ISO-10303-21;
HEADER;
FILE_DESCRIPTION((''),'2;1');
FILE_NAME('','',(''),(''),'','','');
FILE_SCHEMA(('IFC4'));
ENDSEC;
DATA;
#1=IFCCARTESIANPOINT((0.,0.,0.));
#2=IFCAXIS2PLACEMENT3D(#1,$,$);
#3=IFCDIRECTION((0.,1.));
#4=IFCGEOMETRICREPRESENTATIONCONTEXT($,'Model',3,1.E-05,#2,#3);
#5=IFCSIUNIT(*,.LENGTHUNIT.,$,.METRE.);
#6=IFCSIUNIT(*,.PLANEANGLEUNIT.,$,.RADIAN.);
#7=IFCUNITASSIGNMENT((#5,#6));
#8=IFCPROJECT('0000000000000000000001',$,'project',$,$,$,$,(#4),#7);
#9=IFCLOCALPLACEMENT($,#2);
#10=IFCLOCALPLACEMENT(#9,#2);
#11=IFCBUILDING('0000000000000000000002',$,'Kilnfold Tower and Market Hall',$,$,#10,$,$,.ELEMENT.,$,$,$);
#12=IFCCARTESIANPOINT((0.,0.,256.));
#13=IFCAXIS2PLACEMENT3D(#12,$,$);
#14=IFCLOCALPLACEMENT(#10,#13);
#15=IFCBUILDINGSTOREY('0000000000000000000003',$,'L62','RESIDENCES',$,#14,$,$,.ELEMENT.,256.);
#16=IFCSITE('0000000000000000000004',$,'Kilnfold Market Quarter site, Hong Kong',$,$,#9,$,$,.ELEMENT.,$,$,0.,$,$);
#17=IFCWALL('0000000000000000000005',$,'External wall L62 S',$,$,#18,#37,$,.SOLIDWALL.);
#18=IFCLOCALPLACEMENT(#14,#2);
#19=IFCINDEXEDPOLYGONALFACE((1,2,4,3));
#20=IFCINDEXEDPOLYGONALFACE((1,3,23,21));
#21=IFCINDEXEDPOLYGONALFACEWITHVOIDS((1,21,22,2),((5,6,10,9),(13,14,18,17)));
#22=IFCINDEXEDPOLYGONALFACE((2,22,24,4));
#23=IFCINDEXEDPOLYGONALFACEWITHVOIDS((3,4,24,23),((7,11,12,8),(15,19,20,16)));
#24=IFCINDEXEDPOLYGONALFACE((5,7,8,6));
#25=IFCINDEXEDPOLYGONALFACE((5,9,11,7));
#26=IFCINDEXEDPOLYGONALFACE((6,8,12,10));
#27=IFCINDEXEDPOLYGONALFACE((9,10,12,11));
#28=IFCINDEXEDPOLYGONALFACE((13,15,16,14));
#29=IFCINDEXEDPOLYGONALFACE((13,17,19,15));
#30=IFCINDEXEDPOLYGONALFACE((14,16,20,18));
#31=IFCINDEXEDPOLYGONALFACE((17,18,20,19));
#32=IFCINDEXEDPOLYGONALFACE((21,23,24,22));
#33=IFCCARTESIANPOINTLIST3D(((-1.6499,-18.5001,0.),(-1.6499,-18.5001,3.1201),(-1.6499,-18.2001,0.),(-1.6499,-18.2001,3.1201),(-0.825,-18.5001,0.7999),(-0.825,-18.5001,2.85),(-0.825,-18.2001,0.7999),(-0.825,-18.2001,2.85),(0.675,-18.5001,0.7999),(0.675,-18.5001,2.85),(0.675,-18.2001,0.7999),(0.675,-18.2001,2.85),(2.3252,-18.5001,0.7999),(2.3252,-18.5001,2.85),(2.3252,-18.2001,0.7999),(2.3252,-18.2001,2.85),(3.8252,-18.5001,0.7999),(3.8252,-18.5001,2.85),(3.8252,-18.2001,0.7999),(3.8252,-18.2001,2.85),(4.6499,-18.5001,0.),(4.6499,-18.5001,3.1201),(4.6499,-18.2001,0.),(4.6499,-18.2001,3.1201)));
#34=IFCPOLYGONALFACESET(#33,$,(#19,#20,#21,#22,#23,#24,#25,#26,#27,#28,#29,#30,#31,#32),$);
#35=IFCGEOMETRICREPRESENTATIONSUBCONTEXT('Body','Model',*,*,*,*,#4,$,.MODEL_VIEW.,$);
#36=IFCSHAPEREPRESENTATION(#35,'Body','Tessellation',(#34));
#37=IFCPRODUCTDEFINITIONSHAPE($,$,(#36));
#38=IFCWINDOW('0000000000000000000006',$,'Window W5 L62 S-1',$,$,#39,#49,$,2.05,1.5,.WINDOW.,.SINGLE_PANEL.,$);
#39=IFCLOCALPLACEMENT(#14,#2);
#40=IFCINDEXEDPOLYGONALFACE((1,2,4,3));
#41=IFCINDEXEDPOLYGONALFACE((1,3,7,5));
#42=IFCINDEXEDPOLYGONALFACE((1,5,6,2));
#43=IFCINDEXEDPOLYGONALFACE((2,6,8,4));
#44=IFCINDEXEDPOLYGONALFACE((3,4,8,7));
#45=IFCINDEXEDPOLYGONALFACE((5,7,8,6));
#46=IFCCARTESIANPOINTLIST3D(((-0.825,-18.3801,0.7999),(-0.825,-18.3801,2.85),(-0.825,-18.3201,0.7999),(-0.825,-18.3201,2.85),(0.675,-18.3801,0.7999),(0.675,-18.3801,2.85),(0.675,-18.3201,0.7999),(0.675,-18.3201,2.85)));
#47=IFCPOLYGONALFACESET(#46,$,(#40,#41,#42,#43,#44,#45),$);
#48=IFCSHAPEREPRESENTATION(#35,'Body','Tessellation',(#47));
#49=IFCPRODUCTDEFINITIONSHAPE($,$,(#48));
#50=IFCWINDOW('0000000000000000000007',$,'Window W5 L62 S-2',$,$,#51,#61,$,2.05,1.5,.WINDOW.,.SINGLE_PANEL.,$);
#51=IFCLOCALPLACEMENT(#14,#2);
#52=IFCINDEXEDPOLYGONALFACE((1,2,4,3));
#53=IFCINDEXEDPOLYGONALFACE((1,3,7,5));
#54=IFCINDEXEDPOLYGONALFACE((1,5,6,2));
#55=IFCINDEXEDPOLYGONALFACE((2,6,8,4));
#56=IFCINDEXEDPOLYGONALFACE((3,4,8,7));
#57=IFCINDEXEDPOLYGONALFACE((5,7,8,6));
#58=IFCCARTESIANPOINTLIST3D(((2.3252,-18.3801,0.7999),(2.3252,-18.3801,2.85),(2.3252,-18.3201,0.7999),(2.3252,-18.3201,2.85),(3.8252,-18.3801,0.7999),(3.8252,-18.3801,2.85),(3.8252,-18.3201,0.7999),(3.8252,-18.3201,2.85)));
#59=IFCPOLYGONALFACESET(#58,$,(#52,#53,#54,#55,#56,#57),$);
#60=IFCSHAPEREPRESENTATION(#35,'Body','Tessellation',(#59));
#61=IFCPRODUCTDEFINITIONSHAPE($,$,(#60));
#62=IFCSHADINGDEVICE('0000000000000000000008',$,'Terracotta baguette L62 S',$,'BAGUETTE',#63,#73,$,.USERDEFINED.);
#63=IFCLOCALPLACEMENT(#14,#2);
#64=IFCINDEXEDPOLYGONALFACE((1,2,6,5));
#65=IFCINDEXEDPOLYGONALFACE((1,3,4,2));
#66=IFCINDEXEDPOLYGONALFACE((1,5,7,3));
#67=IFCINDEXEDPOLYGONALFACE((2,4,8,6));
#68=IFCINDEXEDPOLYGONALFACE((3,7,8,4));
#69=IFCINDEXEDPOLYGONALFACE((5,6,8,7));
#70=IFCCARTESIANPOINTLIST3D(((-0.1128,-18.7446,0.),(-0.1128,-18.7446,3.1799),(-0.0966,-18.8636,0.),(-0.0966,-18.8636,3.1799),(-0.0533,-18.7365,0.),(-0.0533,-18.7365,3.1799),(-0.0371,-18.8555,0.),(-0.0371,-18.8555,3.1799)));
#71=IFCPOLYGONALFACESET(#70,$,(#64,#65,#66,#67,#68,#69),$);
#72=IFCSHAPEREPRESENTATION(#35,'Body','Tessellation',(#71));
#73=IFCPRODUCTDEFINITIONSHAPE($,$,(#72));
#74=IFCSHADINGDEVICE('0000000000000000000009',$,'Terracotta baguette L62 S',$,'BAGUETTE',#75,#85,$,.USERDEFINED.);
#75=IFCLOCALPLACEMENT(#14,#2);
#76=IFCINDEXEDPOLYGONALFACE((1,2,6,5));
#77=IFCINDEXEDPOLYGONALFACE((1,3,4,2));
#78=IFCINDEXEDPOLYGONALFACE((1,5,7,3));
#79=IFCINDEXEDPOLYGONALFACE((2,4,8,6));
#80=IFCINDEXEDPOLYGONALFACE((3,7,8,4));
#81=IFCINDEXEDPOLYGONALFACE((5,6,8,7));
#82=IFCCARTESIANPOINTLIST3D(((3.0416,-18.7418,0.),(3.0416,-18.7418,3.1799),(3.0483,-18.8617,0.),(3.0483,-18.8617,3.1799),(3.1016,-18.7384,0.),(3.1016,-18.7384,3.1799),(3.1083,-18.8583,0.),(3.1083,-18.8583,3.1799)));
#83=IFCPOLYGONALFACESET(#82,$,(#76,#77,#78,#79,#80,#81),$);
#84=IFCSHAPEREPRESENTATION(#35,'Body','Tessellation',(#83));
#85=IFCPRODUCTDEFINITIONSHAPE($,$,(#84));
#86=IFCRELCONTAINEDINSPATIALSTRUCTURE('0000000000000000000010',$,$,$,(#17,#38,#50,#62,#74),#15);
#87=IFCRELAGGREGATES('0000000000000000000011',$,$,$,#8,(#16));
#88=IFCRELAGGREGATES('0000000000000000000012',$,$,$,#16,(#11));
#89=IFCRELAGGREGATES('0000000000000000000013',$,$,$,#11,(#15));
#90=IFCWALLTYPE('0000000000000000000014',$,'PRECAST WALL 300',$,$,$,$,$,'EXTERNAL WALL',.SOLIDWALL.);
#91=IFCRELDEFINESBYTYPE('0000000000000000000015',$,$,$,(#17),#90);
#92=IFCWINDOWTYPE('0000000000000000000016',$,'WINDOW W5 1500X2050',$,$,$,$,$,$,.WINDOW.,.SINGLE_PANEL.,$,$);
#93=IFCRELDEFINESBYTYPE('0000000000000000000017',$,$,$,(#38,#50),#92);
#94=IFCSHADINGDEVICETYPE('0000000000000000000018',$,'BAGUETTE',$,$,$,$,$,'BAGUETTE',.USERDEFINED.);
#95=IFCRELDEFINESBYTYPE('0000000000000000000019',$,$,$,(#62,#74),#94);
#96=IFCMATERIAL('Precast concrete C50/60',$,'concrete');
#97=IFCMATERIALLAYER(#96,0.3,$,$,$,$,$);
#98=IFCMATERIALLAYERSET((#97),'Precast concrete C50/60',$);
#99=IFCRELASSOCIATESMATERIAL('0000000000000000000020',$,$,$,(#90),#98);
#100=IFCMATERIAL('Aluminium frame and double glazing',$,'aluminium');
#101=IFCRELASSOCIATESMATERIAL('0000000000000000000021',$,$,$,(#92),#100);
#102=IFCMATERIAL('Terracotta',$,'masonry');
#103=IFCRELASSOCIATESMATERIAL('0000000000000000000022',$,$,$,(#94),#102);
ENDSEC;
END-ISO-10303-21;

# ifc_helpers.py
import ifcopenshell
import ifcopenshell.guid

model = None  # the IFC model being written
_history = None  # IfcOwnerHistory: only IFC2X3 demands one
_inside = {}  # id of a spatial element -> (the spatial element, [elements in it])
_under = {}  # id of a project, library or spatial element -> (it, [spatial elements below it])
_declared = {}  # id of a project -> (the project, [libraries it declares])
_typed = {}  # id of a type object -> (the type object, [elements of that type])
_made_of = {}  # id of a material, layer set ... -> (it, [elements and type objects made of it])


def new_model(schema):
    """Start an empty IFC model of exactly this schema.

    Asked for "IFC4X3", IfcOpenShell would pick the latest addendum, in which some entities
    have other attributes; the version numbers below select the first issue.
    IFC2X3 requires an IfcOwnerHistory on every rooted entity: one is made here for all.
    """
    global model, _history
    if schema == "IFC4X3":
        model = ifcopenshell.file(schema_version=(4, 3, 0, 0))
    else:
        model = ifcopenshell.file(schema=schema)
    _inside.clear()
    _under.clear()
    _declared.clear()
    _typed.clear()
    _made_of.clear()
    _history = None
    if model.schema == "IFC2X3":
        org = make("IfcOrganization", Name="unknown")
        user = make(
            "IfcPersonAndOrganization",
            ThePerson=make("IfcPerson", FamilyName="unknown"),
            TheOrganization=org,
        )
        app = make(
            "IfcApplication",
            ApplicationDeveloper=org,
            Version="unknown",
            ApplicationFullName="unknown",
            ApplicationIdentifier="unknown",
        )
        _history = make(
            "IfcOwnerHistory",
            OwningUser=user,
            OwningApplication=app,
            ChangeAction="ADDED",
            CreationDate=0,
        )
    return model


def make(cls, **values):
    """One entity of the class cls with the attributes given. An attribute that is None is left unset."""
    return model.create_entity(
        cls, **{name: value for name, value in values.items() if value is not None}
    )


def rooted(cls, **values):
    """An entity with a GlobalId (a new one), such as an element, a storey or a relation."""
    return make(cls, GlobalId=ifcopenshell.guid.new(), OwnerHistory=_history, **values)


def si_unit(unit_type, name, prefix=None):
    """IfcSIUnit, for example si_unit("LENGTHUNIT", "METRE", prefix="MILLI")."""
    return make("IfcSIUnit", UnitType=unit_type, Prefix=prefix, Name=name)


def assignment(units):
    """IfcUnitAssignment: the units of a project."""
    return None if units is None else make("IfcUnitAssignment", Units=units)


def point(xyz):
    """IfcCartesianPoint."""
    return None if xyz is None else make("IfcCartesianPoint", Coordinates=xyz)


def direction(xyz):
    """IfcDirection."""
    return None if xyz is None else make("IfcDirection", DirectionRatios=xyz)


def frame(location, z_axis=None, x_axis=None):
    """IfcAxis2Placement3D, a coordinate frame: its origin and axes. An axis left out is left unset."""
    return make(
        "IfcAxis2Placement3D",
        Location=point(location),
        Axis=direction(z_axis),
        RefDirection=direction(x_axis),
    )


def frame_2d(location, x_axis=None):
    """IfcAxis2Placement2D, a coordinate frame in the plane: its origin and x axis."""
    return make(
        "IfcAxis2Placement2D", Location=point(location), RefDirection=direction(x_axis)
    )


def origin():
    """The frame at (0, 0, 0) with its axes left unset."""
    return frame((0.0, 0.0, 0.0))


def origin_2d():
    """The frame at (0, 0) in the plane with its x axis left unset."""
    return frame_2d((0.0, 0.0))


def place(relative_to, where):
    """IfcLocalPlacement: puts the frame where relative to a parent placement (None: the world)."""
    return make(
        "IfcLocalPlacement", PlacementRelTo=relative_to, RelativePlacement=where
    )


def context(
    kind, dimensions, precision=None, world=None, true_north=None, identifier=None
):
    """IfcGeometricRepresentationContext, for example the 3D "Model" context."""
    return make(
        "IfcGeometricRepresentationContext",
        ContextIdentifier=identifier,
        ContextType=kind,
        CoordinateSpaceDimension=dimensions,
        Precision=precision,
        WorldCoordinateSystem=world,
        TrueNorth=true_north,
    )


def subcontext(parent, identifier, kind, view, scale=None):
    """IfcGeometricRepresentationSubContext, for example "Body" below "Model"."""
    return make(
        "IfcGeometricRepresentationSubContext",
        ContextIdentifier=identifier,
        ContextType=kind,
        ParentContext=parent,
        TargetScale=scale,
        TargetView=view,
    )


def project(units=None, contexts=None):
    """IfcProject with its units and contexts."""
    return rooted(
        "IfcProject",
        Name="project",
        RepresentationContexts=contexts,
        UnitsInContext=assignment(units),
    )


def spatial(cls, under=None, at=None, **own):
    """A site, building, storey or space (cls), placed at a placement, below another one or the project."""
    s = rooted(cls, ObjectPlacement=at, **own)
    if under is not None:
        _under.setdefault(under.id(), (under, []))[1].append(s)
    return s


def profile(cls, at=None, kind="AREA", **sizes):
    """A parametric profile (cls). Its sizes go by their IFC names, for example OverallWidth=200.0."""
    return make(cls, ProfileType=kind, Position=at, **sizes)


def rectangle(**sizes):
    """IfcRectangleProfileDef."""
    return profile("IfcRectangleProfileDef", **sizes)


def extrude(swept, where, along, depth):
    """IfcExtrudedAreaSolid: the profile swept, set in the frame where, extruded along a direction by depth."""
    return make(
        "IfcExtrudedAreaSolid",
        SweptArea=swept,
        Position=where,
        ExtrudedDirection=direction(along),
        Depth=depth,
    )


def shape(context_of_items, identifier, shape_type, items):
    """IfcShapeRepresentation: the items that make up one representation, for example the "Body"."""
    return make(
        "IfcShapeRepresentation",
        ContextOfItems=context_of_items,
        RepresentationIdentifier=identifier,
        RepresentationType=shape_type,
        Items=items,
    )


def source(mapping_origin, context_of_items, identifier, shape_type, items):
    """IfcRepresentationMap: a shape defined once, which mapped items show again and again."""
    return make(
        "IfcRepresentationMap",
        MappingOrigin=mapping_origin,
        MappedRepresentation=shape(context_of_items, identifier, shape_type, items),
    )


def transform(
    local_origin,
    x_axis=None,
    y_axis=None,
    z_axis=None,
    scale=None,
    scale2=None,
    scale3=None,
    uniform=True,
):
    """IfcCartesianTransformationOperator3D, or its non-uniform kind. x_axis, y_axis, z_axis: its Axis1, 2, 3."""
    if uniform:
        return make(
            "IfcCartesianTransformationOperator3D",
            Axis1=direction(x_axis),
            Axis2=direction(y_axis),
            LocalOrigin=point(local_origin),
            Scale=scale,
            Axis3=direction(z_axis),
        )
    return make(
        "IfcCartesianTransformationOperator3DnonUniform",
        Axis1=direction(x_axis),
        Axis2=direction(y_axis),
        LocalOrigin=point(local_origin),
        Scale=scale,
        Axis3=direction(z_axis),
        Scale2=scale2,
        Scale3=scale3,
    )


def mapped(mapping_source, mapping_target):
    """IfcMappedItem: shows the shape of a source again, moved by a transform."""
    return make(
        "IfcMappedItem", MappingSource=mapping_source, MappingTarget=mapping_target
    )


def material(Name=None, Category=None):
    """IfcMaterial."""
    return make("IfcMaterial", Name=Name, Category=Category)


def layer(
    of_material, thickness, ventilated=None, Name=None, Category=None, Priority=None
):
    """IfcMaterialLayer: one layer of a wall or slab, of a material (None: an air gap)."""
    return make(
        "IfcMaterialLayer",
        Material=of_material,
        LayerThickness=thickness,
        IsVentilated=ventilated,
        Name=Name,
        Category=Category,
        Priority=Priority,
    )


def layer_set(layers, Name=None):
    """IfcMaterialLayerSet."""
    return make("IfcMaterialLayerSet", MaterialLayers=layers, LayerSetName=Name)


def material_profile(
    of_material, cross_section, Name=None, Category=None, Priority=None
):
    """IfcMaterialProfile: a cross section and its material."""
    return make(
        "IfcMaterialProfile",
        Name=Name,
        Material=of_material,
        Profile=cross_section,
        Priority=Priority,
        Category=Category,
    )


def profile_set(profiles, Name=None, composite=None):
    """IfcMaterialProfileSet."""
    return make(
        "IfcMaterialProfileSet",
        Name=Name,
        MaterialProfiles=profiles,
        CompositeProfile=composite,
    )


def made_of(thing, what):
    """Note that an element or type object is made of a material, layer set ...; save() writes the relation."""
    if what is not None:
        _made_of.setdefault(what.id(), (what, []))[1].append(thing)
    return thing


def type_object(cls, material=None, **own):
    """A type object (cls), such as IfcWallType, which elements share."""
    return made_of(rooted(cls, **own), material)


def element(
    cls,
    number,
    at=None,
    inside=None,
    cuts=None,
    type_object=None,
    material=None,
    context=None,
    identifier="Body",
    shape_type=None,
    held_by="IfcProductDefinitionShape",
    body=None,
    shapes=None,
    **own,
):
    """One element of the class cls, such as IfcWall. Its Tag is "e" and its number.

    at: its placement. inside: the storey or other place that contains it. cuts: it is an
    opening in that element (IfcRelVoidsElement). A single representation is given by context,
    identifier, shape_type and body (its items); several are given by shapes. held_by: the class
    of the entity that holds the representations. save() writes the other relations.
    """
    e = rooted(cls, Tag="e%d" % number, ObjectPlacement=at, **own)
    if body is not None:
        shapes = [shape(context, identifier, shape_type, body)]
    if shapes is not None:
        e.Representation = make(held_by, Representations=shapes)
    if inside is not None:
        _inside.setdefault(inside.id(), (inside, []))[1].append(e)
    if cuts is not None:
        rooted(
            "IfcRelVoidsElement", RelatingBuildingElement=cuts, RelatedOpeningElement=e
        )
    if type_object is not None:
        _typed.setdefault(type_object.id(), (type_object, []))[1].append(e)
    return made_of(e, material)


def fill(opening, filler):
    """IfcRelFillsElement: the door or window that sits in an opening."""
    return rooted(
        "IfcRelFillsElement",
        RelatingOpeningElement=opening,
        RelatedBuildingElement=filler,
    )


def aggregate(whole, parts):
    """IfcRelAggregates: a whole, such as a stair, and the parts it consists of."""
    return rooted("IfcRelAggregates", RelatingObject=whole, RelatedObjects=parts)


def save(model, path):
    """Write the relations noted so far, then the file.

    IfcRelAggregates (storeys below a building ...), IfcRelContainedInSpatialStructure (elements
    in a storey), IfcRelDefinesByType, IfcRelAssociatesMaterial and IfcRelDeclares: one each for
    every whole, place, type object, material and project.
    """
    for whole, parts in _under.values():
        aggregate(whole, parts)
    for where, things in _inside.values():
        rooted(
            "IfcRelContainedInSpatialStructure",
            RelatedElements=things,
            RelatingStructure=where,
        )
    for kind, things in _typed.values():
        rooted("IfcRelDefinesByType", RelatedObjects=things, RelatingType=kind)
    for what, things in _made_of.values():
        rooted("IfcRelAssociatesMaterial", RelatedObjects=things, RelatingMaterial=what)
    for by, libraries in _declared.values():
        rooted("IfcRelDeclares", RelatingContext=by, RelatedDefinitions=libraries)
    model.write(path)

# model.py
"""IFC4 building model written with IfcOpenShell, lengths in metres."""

from ifc_helpers import new_model, si_unit, direction, frame, frame_2d, origin, origin_2d, place, context, subcontext, project, spatial, rectangle, extrude, source, transform, mapped, material, layer, layer_set, material_profile, profile_set, type_object, element, fill, save


model = new_model("IFC4")

# Units and contexts
model_context = context("Model", 3, precision=1e-05, world=origin(), true_north=direction((0.0, 1.0)))
body_context = subcontext(model_context, "Body", "Model", "MODEL_VIEW")
ifc_project = project(units=[si_unit("LENGTHUNIT", "METRE"), si_unit("PLANEANGLEUNIT", "RADIAN")], contexts=[model_context])

# Site, building, storey
site_placement = place(None, origin())
site = spatial("IfcSite", under=ifc_project, at=site_placement, Name="Kilnfold Market Quarter site, Hong Kong", CompositionType="ELEMENT", RefElevation=0.0)
building_placement = place(site_placement, origin())
building = spatial("IfcBuilding", under=site, at=building_placement, Name="Kilnfold Tower and Market Hall", CompositionType="ELEMENT")
storey_placement = place(building_placement, frame((0.0, 0.0, 256.0)))
storey = spatial("IfcBuildingStorey", under=building, at=storey_placement, Name="L62", Description="RESIDENCES", CompositionType="ELEMENT", Elevation=256.0)

# Wall, openings, windows
ifc_material_1 = material(Name="Precast concrete C50/60", Category="concrete")
ifc_layer_1 = layer(ifc_material_1, 0.3)
ifc_layer_set_1 = layer_set([ifc_layer_1], Name="Precast concrete C50/60")
wall_type_1 = type_object("IfcWallType", Name="PRECAST WALL 300", ElementType="EXTERNAL WALL", PredefinedType="SOLIDWALL", material=ifc_layer_set_1)
shared_shape_1 = source(origin(), body_context, "Body", "SweptSolid", [
    extrude(rectangle(XDim=6.2998, YDim=0.3, at=frame_2d((3.1499, 0.0))), origin(), (0.0, 0.0, 1.0), 3.1201),
])
wall_1_placement = place(storey_placement, frame((-1.6499, -18.3501, 0.0), z_axis=(0.0, 0.0, 1.0), x_axis=(1.0, 0.0, 0.0)))
wall_1 = element("IfcWall", 1, at=wall_1_placement, inside=storey, type_object=wall_type_1, Name="External wall L62 S", PredefinedType="SOLIDWALL", context=body_context, shape_type="MappedRepresentation", body=[
    mapped(shared_shape_1, transform((0.0, 0.0, 0.0))),
])
opening_1_placement = place(wall_1_placement, frame((0.825, 0.0, 0.8)))
opening_1 = element("IfcOpeningElement", 2, at=opening_1_placement, cuts=wall_1, PredefinedType="OPENING", context=body_context, shape_type="SweptSolid", body=[
    extrude(rectangle(XDim=1.5, YDim=2.05, at=frame_2d((0.75, 1.0249))), frame((0.0, 0.1602, 0.0), z_axis=(0.0, -1.0, 0.0), x_axis=(1.0, 0.0, 0.0)), (0.0, 0.0, 1.0), 0.3201),
])
opening_2_placement = place(wall_1_placement, frame((3.9751, 0.0, 0.8)))
opening_2 = element("IfcOpeningElement", 3, at=opening_2_placement, cuts=wall_1, PredefinedType="OPENING", context=body_context, shape_type="SweptSolid", body=[
    extrude(rectangle(XDim=1.5, YDim=2.05, at=frame_2d((0.75, 1.0249))), frame((0.0, 0.1602, 0.0), z_axis=(0.0, -1.0, 0.0), x_axis=(1.0, 0.0, 0.0)), (0.0, 0.0, 1.0), 0.3201),
])
ifc_material_2 = material(Name="Aluminium frame and double glazing", Category="aluminium")
window_type = type_object("IfcWindowType", Name="WINDOW W5 1500X2050", PartitioningType="SINGLE_PANEL", PredefinedType="WINDOW", material=ifc_material_2)
window_1_placement = place(opening_1_placement, origin())
window_1 = element("IfcWindow", 4, at=window_1_placement, inside=storey, type_object=window_type, Name="Window W5 L62 S-1", OverallHeight=2.05, OverallWidth=1.5, PartitioningType="SINGLE_PANEL", PredefinedType="WINDOW", context=body_context, shape_type="SweptSolid", body=[
    extrude(rectangle(XDim=1.5, YDim=2.05, at=frame_2d((0.75, 1.0249))), frame((0.0, 0.03, 0.0), z_axis=(0.0, -1.0, 0.0), x_axis=(1.0, 0.0, 0.0)), (0.0, 0.0, 1.0), 0.0601),
])
fill(opening_1, window_1)
window_2_placement = place(opening_2_placement, origin())
window_2 = element("IfcWindow", 5, at=window_2_placement, inside=storey, type_object=window_type, Name="Window W5 L62 S-2", OverallHeight=2.05, OverallWidth=1.5, PartitioningType="SINGLE_PANEL", PredefinedType="WINDOW", context=body_context, shape_type="SweptSolid", body=[
    extrude(rectangle(XDim=1.5, YDim=2.05, at=frame_2d((0.75, 1.0249))), frame((0.0, 0.03, 0.0), z_axis=(0.0, -1.0, 0.0), x_axis=(1.0, 0.0, 0.0)), (0.0, 0.0, 1.0), 0.0601),
])
fill(opening_2, window_2)

# Shading devices
ifc_material_3 = material(Name="Terracotta", Category="masonry")
ifc_material_profile_1 = material_profile(ifc_material_3, rectangle(XDim=0.0601, YDim=0.1201, at=origin_2d()), Name="BAG 60x120")
ifc_profile_set_1 = profile_set([ifc_material_profile_1], Name="Terracotta")
shading_device_type = type_object("IfcShadingDeviceType", Name="BAGUETTE", ElementType="BAGUETTE", PredefinedType="USERDEFINED", material=ifc_profile_set_1)
shared_shape_2 = source(origin(), body_context, "Body", "SweptSolid", [
    extrude(rectangle(XDim=0.0601, YDim=0.1201, at=origin_2d()), origin(), (0.0, 0.0, 1.0), 3.1799),
])
for number, where, z_axis, x_axis, name in (
    (6, (-0.075, -18.8, 0.0), (0.0, 0.0, 1.0), (0.990884, 0.134719, 0.0), "Terracotta baguette L62 S"),
    (7, (3.075, -18.8, 0.0), (0.0, 0.0, 1.0), (0.998441, 0.055825, 0.0), "Terracotta baguette L62 S"),
):
    element("IfcShadingDevice", number, at=place(storey_placement, frame(where, z_axis=z_axis, x_axis=x_axis)), inside=storey, type_object=shading_device_type, Name=name, ObjectType="BAGUETTE", PredefinedType="USERDEFINED", context=body_context, shape_type="MappedRepresentation", body=[
        mapped(shared_shape_2, transform((0.0, 0.0, 0.0))),
    ])

save(model, "model.ifc")
